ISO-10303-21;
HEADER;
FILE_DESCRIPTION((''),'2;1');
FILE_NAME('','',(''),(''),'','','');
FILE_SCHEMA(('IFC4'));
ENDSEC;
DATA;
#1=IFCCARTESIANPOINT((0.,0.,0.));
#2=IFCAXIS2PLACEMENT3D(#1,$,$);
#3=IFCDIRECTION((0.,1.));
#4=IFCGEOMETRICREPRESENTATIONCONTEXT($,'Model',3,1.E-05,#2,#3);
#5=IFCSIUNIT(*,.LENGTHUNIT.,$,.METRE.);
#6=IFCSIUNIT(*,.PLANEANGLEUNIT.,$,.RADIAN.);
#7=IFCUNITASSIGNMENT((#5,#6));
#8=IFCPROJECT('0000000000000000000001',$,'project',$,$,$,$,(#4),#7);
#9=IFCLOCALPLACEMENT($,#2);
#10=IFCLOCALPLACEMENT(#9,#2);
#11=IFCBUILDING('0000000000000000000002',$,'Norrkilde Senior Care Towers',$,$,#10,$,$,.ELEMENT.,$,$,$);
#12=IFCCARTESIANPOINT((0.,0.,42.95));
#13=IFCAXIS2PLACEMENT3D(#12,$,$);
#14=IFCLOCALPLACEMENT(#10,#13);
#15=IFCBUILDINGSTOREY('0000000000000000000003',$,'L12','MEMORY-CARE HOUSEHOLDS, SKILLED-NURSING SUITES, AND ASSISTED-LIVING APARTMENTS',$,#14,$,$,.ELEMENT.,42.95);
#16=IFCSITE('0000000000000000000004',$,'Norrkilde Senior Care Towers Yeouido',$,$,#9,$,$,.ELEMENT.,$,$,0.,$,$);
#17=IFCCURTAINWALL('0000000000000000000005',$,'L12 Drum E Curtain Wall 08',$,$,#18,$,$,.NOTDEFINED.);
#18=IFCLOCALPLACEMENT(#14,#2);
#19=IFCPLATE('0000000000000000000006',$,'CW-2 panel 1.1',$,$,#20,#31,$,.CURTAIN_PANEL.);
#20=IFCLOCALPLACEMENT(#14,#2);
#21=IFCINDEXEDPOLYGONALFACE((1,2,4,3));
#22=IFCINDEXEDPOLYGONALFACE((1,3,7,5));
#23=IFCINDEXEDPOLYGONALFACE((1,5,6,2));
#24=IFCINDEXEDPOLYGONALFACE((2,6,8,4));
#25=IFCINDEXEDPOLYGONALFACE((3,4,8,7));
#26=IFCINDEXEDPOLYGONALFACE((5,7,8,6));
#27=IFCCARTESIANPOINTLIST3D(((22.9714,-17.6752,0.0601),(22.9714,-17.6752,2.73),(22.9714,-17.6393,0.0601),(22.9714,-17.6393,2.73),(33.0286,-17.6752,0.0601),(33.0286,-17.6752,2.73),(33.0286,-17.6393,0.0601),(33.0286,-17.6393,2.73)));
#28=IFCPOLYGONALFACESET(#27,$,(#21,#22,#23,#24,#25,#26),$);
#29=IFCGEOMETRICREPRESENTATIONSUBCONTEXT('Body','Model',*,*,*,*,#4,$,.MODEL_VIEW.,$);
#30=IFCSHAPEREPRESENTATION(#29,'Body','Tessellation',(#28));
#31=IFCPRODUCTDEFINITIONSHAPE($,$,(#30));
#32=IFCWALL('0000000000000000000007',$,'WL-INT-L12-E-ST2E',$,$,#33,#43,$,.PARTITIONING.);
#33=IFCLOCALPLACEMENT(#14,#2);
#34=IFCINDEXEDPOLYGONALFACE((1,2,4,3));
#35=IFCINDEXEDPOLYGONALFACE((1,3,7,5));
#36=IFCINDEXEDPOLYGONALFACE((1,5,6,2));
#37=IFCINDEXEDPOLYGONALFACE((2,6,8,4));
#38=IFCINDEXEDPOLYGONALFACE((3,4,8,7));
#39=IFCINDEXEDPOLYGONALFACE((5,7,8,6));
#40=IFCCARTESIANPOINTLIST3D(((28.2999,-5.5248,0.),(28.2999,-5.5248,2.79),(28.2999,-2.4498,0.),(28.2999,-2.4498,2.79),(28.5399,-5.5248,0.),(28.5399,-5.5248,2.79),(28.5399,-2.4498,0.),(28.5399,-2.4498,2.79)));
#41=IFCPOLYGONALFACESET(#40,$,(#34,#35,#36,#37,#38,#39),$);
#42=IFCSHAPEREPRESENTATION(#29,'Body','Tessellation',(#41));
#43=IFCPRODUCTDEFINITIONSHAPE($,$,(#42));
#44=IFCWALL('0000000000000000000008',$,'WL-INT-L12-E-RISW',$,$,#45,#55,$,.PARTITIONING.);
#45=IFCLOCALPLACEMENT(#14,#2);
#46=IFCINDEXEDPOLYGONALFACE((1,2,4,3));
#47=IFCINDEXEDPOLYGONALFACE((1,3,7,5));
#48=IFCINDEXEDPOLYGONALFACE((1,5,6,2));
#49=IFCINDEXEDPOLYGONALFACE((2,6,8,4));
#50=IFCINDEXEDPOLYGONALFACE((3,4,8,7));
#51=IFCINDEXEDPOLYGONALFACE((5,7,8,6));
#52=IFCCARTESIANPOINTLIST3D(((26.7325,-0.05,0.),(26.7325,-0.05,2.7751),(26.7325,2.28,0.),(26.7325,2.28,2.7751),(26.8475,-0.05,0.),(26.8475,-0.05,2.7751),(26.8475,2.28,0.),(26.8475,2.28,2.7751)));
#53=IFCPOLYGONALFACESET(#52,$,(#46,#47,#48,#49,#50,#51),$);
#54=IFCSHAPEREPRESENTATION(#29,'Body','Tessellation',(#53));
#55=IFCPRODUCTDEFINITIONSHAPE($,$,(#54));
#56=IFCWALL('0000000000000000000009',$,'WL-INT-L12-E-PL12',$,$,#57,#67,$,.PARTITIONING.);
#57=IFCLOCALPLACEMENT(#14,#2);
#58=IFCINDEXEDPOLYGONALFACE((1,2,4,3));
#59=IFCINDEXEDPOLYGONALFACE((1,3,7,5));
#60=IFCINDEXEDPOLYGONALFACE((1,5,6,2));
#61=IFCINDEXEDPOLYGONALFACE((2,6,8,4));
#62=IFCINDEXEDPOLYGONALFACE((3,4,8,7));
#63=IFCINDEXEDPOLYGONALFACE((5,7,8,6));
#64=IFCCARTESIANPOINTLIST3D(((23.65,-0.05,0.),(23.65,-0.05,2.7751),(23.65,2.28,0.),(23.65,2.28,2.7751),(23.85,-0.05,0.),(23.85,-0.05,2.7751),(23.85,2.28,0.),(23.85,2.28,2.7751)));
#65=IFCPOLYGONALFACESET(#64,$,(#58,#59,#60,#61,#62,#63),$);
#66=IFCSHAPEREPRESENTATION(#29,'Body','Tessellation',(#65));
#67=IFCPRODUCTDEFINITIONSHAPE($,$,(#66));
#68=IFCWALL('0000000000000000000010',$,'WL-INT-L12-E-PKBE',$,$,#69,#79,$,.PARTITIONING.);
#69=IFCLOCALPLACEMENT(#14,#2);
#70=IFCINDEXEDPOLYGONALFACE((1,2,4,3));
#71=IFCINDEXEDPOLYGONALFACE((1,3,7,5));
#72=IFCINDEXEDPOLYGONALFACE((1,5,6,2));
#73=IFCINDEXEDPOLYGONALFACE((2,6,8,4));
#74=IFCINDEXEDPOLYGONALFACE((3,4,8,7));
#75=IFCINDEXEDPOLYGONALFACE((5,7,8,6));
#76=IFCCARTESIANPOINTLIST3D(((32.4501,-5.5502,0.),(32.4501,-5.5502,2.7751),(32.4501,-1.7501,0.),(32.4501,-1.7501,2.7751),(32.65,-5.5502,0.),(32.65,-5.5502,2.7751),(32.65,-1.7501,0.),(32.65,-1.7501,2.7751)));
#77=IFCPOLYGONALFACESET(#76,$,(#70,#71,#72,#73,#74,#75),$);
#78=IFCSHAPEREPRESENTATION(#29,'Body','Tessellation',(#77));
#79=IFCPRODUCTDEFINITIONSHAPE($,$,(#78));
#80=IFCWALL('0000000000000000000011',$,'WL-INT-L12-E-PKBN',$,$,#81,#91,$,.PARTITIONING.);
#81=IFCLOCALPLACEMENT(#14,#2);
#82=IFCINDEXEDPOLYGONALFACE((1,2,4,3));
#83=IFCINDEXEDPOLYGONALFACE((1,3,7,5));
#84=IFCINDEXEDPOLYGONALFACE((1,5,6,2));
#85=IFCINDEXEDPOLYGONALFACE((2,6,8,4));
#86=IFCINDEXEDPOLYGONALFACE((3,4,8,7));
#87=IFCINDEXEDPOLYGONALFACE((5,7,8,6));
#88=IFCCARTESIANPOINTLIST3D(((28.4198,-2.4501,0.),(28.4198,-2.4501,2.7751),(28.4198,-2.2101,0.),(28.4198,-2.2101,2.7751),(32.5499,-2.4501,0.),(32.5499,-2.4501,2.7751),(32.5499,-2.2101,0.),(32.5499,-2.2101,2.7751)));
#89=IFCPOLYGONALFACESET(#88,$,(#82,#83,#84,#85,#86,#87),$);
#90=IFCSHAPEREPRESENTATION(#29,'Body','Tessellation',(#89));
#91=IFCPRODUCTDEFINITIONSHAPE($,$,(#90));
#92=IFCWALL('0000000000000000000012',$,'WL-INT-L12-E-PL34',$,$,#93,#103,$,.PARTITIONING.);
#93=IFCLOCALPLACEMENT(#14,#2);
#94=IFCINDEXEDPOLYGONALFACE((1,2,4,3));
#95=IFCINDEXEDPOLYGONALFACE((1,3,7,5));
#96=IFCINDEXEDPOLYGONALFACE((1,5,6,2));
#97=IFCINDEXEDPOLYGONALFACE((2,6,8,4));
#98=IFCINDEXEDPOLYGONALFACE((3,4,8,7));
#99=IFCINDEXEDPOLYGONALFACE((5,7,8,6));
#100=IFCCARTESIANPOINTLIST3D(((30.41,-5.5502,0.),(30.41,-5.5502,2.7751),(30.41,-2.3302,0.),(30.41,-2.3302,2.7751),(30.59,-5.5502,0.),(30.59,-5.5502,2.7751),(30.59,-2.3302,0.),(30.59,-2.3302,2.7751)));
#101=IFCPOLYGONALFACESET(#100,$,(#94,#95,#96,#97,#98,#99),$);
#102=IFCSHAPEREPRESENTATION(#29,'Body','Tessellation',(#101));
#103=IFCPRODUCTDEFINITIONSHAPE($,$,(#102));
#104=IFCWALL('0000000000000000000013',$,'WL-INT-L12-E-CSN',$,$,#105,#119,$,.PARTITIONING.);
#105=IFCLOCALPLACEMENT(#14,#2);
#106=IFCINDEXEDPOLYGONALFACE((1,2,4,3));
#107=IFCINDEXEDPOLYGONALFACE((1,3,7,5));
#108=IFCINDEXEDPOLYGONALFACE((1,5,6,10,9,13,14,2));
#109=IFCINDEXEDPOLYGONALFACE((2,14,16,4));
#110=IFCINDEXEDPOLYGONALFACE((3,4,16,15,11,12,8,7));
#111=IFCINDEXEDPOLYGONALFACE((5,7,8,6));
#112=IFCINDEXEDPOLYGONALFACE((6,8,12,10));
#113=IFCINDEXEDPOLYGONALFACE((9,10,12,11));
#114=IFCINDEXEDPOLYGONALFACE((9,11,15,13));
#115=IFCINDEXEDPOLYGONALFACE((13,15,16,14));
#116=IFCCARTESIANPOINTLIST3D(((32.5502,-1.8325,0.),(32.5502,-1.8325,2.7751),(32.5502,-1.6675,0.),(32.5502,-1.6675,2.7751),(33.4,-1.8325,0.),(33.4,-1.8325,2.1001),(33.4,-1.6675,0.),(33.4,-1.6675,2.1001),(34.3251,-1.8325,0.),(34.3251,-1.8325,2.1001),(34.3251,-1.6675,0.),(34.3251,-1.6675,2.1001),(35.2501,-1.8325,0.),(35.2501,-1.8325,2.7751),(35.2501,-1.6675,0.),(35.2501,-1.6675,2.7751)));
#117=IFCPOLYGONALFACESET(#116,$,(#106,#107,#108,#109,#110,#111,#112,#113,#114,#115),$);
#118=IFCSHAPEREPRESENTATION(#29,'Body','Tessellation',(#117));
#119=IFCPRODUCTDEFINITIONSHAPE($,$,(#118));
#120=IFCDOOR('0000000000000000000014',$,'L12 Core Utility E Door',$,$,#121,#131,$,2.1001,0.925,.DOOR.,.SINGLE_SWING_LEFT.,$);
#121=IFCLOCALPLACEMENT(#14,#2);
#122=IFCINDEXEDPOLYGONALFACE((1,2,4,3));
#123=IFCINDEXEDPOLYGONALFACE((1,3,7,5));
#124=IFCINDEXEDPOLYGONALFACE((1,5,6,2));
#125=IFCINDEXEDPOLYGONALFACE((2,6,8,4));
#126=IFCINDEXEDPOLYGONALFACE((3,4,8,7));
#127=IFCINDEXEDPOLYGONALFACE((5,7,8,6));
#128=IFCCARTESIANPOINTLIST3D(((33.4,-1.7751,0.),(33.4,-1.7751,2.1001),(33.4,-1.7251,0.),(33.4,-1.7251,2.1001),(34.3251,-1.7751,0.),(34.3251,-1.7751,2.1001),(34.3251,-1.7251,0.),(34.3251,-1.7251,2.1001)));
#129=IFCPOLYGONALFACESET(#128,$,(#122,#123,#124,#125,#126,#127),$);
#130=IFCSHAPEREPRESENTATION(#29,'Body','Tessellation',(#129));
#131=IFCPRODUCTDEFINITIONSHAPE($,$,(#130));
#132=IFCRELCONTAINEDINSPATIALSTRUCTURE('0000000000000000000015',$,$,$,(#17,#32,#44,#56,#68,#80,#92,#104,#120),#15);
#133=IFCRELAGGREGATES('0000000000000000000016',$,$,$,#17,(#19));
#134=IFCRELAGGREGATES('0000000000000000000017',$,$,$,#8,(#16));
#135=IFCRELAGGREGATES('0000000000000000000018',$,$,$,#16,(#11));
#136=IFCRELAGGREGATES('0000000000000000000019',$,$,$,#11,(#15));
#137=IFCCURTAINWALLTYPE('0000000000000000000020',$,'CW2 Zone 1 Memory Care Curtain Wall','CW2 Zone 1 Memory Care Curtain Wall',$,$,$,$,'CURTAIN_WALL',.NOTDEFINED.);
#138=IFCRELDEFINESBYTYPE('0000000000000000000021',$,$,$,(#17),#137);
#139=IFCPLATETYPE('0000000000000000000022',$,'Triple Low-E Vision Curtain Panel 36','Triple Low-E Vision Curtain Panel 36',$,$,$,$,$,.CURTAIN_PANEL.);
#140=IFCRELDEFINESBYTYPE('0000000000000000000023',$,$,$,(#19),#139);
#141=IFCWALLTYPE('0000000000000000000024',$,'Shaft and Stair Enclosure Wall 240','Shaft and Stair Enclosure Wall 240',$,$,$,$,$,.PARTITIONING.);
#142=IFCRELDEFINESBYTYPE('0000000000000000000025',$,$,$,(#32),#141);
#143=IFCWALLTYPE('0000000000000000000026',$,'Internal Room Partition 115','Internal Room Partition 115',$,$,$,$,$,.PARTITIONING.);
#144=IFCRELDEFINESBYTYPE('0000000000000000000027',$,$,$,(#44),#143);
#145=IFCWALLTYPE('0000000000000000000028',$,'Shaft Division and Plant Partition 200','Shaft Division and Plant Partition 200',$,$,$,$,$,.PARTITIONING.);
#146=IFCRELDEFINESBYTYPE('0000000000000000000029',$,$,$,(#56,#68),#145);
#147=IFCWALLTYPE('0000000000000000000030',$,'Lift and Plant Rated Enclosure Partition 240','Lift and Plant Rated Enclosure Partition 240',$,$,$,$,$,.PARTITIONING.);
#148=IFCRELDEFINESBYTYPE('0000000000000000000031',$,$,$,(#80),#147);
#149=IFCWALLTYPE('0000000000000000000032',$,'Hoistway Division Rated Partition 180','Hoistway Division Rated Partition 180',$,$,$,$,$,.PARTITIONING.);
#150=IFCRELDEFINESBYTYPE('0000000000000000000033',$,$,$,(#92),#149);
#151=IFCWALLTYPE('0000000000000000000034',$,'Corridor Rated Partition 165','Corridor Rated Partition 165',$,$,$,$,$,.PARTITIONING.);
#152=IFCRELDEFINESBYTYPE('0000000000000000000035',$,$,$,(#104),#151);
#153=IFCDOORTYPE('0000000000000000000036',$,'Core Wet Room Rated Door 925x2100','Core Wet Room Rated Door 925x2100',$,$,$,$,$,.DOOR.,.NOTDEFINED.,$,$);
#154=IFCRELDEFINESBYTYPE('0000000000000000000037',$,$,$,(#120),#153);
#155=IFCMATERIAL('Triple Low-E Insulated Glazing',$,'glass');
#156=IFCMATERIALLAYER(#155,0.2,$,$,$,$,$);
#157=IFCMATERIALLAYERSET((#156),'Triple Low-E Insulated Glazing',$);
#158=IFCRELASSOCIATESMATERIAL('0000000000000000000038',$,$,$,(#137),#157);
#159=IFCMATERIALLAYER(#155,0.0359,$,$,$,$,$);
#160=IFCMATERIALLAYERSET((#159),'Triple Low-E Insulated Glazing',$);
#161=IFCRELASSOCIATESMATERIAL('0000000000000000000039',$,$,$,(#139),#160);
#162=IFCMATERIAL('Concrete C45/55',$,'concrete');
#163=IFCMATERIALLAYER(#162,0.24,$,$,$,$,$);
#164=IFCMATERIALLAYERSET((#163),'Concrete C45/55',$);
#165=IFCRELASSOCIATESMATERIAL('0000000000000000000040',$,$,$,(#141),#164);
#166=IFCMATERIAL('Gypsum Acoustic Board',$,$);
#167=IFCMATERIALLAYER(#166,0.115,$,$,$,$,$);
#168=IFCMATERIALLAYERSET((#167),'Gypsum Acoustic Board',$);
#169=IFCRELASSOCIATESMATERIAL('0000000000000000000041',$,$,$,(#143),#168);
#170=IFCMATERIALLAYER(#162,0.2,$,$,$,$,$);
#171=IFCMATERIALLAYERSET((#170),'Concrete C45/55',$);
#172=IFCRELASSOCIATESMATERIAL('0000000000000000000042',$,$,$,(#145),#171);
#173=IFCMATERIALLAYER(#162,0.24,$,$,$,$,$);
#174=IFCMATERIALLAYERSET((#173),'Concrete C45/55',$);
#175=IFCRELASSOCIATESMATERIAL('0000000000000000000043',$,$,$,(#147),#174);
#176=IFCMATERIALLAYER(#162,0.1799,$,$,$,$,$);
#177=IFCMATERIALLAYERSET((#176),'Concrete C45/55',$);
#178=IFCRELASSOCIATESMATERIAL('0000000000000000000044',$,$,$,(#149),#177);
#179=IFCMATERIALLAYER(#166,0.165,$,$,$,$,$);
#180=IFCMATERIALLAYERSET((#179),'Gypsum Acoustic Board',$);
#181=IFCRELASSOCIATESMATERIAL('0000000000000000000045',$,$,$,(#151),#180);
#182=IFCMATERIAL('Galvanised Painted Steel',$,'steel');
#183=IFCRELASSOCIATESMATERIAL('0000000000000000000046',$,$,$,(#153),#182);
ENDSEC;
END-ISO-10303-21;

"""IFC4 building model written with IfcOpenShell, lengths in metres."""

from ifc_helpers import new_model, si_unit, direction, frame, frame_2d, origin, origin_2d, place, context, subcontext, project, spatial, rectangle, extrude, source, transform, mapped, material, layer, layer_set, type_object, type_shapes, element, fill, aggregate, save


model = new_model("IFC4")

# Units and contexts
model_context = context("Model", 3, precision=1e-05, world=origin(), true_north=direction((0.0, 1.0)))
body_context = subcontext(model_context, "Body", "Model", "MODEL_VIEW")
ifc_project = project(units=[si_unit("LENGTHUNIT", "METRE"), si_unit("PLANEANGLEUNIT", "RADIAN")], contexts=[model_context])

# Site, building, storey
site_placement = place(None, origin())
site = spatial("IfcSite", under=ifc_project, at=site_placement, Name="Norrkilde Senior Care Towers Yeouido", CompositionType="ELEMENT", RefElevation=0.0)
building_placement = place(site_placement, origin())
building = spatial("IfcBuilding", under=site, at=building_placement, Name="Norrkilde Senior Care Towers", CompositionType="ELEMENT")
storey_placement = place(building_placement, frame((0.0, 0.0, 42.95)))
storey = spatial("IfcBuildingStorey", under=building, at=storey_placement, Name="L12", Description="MEMORY-CARE HOUSEHOLDS, SKILLED-NURSING SUITES, AND ASSISTED-LIVING APARTMENTS", CompositionType="ELEMENT", Elevation=42.95)

# Shared definitions
ifc_material_1 = material(Name="Triple Low-E Insulated Glazing", Category="glass")
ifc_layer_1 = layer(ifc_material_1, 0.2)
ifc_layer_set_1 = layer_set([ifc_layer_1], Name="Triple Low-E Insulated Glazing")
curtain_wall_type = type_object("IfcCurtainWallType", Name="CW2 Zone 1 Memory Care Curtain Wall", Description="CW2 Zone 1 Memory Care Curtain Wall", ElementType="CURTAIN_WALL", PredefinedType="NOTDEFINED", material=ifc_layer_set_1)

# Curtain wall, plate
curtain_wall_1_placement = place(storey_placement, origin())
curtain_wall_1 = element("IfcCurtainWall", 1, at=curtain_wall_1_placement, inside=storey, type_object=curtain_wall_type, Name="L12 Drum E Curtain Wall 08", PredefinedType="NOTDEFINED")
ifc_layer_2 = layer(ifc_material_1, 0.0359)
ifc_layer_set_2 = layer_set([ifc_layer_2], Name="Triple Low-E Insulated Glazing")
plate_type = type_object("IfcPlateType", Name="Triple Low-E Vision Curtain Panel 36", Description="Triple Low-E Vision Curtain Panel 36", PredefinedType="CURTAIN_PANEL", material=ifc_layer_set_2)
shared_shape_1 = source(origin(), body_context, "Body", "SweptSolid", [
    extrude(rectangle(XDim=10.0571, YDim=0.0359, at=origin_2d()), origin(), (0.0, 0.0, 1.0), 2.6699),
])
type_shapes(plate_type, [shared_shape_1])
plate_placement = place(storey_placement, frame((28.0, -17.6572, 0.0601), z_axis=(0.0, 0.0, 1.0), x_axis=(-1.0, 0.0, 0.0)))
plate = element("IfcPlate", 2, at=plate_placement, type_object=plate_type, Name="CW-2 panel 1.1", PredefinedType="CURTAIN_PANEL", context=body_context, shape_type="MappedRepresentation", body=[
    mapped(shared_shape_1, transform((0.0, 0.0, 0.0), x_axis=(1.0, 0.0, 0.0), y_axis=(0.0, 1.0, 0.0), z_axis=(0.0, 0.0, 1.0), scale=1.0)),
])
aggregate(curtain_wall_1, [plate])

# Walls
ifc_material_2 = material(Name="Concrete C45/55", Category="concrete")
ifc_layer_3 = layer(ifc_material_2, 0.24)
ifc_layer_set_3 = layer_set([ifc_layer_3], Name="Concrete C45/55")
wall_type_1 = type_object("IfcWallType", Name="Shaft and Stair Enclosure Wall 240", Description="Shaft and Stair Enclosure Wall 240", PredefinedType="PARTITIONING", material=ifc_layer_set_3)
shared_shape_2 = source(origin(), body_context, "Body", "SweptSolid", [
    extrude(rectangle(XDim=3.075, YDim=0.24, at=frame_2d((1.5376, 0.0))), origin(), (0.0, 0.0, 1.0), 2.79),
])
type_shapes(wall_type_1, [shared_shape_2])
wall_1_placement = place(storey_placement, frame((28.4199, -5.5249, 0.0), z_axis=(0.0, 0.0, 1.0), x_axis=(0.0, 1.0, 0.0)))
element("IfcWall", 3, at=wall_1_placement, inside=storey, type_object=wall_type_1, Name="WL-INT-L12-E-ST2E", PredefinedType="PARTITIONING", context=body_context, shape_type="MappedRepresentation", body=[
    mapped(shared_shape_2, transform((0.0, 0.0, 0.0), x_axis=(1.0, 0.0, 0.0), y_axis=(0.0, 1.0, 0.0), z_axis=(0.0, 0.0, 1.0), scale=1.0)),
])
ifc_material_3 = material(Name="Gypsum Acoustic Board")
ifc_layer_4 = layer(ifc_material_3, 0.115)
ifc_layer_set_4 = layer_set([ifc_layer_4], Name="Gypsum Acoustic Board")
wall_type_2 = type_object("IfcWallType", Name="Internal Room Partition 115", Description="Internal Room Partition 115", PredefinedType="PARTITIONING", material=ifc_layer_set_4)
shared_shape_3 = source(origin(), body_context, "Body", "SweptSolid", [
    extrude(rectangle(XDim=2.3301, YDim=0.115, at=frame_2d((1.165, 0.0))), origin(), (0.0, 0.0, 1.0), 2.7751),
])
wall_2_placement = place(storey_placement, frame((26.79, -0.05, 0.0), z_axis=(0.0, 0.0, 1.0), x_axis=(0.0, 1.0, 0.0)))
element("IfcWall", 4, at=wall_2_placement, inside=storey, type_object=wall_type_2, Name="WL-INT-L12-E-RISW", PredefinedType="PARTITIONING", context=body_context, shape_type="MappedRepresentation", body=[
    mapped(shared_shape_3, transform((0.0, 0.0, 0.0), x_axis=(1.0, 0.0, 0.0), y_axis=(0.0, 1.0, 0.0), z_axis=(0.0, 0.0, 1.0), scale=1.0)),
])
ifc_layer_5 = layer(ifc_material_2, 0.2)
ifc_layer_set_5 = layer_set([ifc_layer_5], Name="Concrete C45/55")
wall_type_3 = type_object("IfcWallType", Name="Shaft Division and Plant Partition 200", Description="Shaft Division and Plant Partition 200", PredefinedType="PARTITIONING", material=ifc_layer_set_5)
shared_shape_4 = source(origin(), body_context, "Body", "SweptSolid", [
    extrude(rectangle(XDim=2.3301, YDim=0.2, at=frame_2d((1.165, 0.0))), origin(), (0.0, 0.0, 1.0), 2.7751),
])
wall_3_placement = place(storey_placement, frame((23.75, -0.05, 0.0), z_axis=(0.0, 0.0, 1.0), x_axis=(0.0, 1.0, 0.0)))
element("IfcWall", 5, at=wall_3_placement, inside=storey, type_object=wall_type_3, Name="WL-INT-L12-E-PL12", PredefinedType="PARTITIONING", context=body_context, shape_type="MappedRepresentation", body=[
    mapped(shared_shape_4, transform((0.0, 0.0, 0.0), x_axis=(1.0, 0.0, 0.0), y_axis=(0.0, 1.0, 0.0), z_axis=(0.0, 0.0, 1.0), scale=1.0)),
])
shared_shape_5 = source(origin(), body_context, "Body", "SweptSolid", [
    extrude(rectangle(XDim=3.8, YDim=0.2, at=frame_2d((1.8999, 0.0))), origin(), (0.0, 0.0, 1.0), 2.7751),
])
type_shapes(wall_type_3, [shared_shape_4, shared_shape_5])
wall_4_placement = place(storey_placement, frame((32.55, -5.55, 0.0), z_axis=(0.0, 0.0, 1.0), x_axis=(0.0, 1.0, 0.0)))
element("IfcWall", 6, at=wall_4_placement, inside=storey, type_object=wall_type_3, Name="WL-INT-L12-E-PKBE", PredefinedType="PARTITIONING", context=body_context, shape_type="MappedRepresentation", body=[
    mapped(shared_shape_5, transform((0.0, 0.0, 0.0), x_axis=(1.0, 0.0, 0.0), y_axis=(0.0, 1.0, 0.0), z_axis=(0.0, 0.0, 1.0), scale=1.0)),
])
ifc_layer_6 = layer(ifc_material_2, 0.24)
ifc_layer_set_6 = layer_set([ifc_layer_6], Name="Concrete C45/55")
wall_type_4 = type_object("IfcWallType", Name="Lift and Plant Rated Enclosure Partition 240", Description="Lift and Plant Rated Enclosure Partition 240", PredefinedType="PARTITIONING", material=ifc_layer_set_6)
shared_shape_6 = source(origin(), body_context, "Body", "SweptSolid", [
    extrude(rectangle(XDim=4.1301, YDim=0.24, at=frame_2d((2.0649, 0.0))), origin(), (0.0, 0.0, 1.0), 2.7751),
])
type_shapes(wall_type_4, [shared_shape_6])
wall_5_placement = place(storey_placement, frame((28.4199, -2.3301, 0.0), z_axis=(0.0, 0.0, 1.0), x_axis=(1.0, 0.0, 0.0)))
element("IfcWall", 7, at=wall_5_placement, inside=storey, type_object=wall_type_4, Name="WL-INT-L12-E-PKBN", PredefinedType="PARTITIONING", context=body_context, shape_type="MappedRepresentation", body=[
    mapped(shared_shape_6, transform((0.0, 0.0, 0.0), x_axis=(1.0, 0.0, 0.0), y_axis=(0.0, 1.0, 0.0), z_axis=(0.0, 0.0, 1.0), scale=1.0)),
])
ifc_layer_7 = layer(ifc_material_2, 0.1799)
ifc_layer_set_7 = layer_set([ifc_layer_7], Name="Concrete C45/55")
wall_type_5 = type_object("IfcWallType", Name="Hoistway Division Rated Partition 180", Description="Hoistway Division Rated Partition 180", PredefinedType="PARTITIONING", material=ifc_layer_set_7)
shared_shape_7 = source(origin(), body_context, "Body", "SweptSolid", [
    extrude(rectangle(XDim=3.22, YDim=0.1799, at=frame_2d((1.6099, 0.0))), origin(), (0.0, 0.0, 1.0), 2.7751),
])
type_shapes(wall_type_5, [shared_shape_7])
wall_6_placement = place(storey_placement, frame((30.5, -5.55, 0.0), z_axis=(0.0, 0.0, 1.0), x_axis=(0.0, 1.0, 0.0)))
element("IfcWall", 8, at=wall_6_placement, inside=storey, type_object=wall_type_5, Name="WL-INT-L12-E-PL34", PredefinedType="PARTITIONING", context=body_context, shape_type="MappedRepresentation", body=[
    mapped(shared_shape_7, transform((0.0, 0.0, 0.0), x_axis=(1.0, 0.0, 0.0), y_axis=(0.0, 1.0, 0.0), z_axis=(0.0, 0.0, 1.0), scale=1.0)),
])

# Wall, opening, door
ifc_layer_8 = layer(ifc_material_3, 0.165)
ifc_layer_set_8 = layer_set([ifc_layer_8], Name="Gypsum Acoustic Board")
wall_type_6 = type_object("IfcWallType", Name="Corridor Rated Partition 165", Description="Corridor Rated Partition 165", PredefinedType="PARTITIONING", material=ifc_layer_set_8)
shared_shape_8 = source(origin(), body_context, "Body", "SweptSolid", [
    extrude(rectangle(XDim=2.7, YDim=0.165, at=frame_2d((1.3501, 0.0))), origin(), (0.0, 0.0, 1.0), 2.7751),
])
type_shapes(wall_type_6, [shared_shape_8])
wall_7_placement = place(storey_placement, frame((32.55, -1.75, 0.0), z_axis=(0.0, 0.0, 1.0), x_axis=(1.0, 0.0, 0.0)))
wall_7 = element("IfcWall", 9, at=wall_7_placement, inside=storey, type_object=wall_type_6, Name="WL-INT-L12-E-CSN", PredefinedType="PARTITIONING", context=body_context, shape_type="MappedRepresentation", body=[
    mapped(shared_shape_8, transform((0.0, 0.0, 0.0), x_axis=(1.0, 0.0, 0.0), y_axis=(0.0, 1.0, 0.0), z_axis=(0.0, 0.0, 1.0), scale=1.0)),
])
opening_1_placement = place(wall_7_placement, frame((0.8501, 0.0, 0.0)))
opening_1 = element("IfcOpeningElement", 10, at=opening_1_placement, cuts=wall_7, PredefinedType="OPENING", context=body_context, shape_type="SweptSolid", body=[
    extrude(rectangle(XDim=0.925, YDim=2.1001, at=frame_2d((0.4624, 1.05))), frame((0.0, 0.0925, 0.0), z_axis=(0.0, -1.0, 0.0), x_axis=(1.0, 0.0, 0.0)), (0.0, 0.0, 1.0), 0.1851),
])
ifc_material_4 = material(Name="Galvanised Painted Steel", Category="steel")
door_type_1 = type_object("IfcDoorType", Name="Core Wet Room Rated Door 925x2100", Description="Core Wet Room Rated Door 925x2100", OperationType="NOTDEFINED", PredefinedType="DOOR", material=ifc_material_4)
shared_shape_9 = source(origin(), body_context, "Body", "SweptSolid", [
    extrude(rectangle(XDim=0.925, YDim=2.1001, at=frame_2d((0.4624, 1.05))), frame((0.0, 0.0249, 0.0), z_axis=(0.0, -1.0, 0.0), x_axis=(1.0, 0.0, 0.0)), (0.0, 0.0, 1.0), 0.05),
])
type_shapes(door_type_1, [shared_shape_9])
door_1_placement = place(opening_1_placement, origin())
door_1 = element("IfcDoor", 11, at=door_1_placement, inside=storey, type_object=door_type_1, Name="L12 Core Utility E Door", OperationType="SINGLE_SWING_LEFT", OverallHeight=2.1001, OverallWidth=0.925, PredefinedType="DOOR", context=body_context, shape_type="MappedRepresentation", body=[
    mapped(shared_shape_9, transform((0.0, 0.0, 0.0), x_axis=(1.0, 0.0, 0.0), y_axis=(0.0, 1.0, 0.0), z_axis=(0.0, 0.0, 1.0), scale=1.0)),
])
fill(opening_1, door_1)

save(model, "model.ifc")
